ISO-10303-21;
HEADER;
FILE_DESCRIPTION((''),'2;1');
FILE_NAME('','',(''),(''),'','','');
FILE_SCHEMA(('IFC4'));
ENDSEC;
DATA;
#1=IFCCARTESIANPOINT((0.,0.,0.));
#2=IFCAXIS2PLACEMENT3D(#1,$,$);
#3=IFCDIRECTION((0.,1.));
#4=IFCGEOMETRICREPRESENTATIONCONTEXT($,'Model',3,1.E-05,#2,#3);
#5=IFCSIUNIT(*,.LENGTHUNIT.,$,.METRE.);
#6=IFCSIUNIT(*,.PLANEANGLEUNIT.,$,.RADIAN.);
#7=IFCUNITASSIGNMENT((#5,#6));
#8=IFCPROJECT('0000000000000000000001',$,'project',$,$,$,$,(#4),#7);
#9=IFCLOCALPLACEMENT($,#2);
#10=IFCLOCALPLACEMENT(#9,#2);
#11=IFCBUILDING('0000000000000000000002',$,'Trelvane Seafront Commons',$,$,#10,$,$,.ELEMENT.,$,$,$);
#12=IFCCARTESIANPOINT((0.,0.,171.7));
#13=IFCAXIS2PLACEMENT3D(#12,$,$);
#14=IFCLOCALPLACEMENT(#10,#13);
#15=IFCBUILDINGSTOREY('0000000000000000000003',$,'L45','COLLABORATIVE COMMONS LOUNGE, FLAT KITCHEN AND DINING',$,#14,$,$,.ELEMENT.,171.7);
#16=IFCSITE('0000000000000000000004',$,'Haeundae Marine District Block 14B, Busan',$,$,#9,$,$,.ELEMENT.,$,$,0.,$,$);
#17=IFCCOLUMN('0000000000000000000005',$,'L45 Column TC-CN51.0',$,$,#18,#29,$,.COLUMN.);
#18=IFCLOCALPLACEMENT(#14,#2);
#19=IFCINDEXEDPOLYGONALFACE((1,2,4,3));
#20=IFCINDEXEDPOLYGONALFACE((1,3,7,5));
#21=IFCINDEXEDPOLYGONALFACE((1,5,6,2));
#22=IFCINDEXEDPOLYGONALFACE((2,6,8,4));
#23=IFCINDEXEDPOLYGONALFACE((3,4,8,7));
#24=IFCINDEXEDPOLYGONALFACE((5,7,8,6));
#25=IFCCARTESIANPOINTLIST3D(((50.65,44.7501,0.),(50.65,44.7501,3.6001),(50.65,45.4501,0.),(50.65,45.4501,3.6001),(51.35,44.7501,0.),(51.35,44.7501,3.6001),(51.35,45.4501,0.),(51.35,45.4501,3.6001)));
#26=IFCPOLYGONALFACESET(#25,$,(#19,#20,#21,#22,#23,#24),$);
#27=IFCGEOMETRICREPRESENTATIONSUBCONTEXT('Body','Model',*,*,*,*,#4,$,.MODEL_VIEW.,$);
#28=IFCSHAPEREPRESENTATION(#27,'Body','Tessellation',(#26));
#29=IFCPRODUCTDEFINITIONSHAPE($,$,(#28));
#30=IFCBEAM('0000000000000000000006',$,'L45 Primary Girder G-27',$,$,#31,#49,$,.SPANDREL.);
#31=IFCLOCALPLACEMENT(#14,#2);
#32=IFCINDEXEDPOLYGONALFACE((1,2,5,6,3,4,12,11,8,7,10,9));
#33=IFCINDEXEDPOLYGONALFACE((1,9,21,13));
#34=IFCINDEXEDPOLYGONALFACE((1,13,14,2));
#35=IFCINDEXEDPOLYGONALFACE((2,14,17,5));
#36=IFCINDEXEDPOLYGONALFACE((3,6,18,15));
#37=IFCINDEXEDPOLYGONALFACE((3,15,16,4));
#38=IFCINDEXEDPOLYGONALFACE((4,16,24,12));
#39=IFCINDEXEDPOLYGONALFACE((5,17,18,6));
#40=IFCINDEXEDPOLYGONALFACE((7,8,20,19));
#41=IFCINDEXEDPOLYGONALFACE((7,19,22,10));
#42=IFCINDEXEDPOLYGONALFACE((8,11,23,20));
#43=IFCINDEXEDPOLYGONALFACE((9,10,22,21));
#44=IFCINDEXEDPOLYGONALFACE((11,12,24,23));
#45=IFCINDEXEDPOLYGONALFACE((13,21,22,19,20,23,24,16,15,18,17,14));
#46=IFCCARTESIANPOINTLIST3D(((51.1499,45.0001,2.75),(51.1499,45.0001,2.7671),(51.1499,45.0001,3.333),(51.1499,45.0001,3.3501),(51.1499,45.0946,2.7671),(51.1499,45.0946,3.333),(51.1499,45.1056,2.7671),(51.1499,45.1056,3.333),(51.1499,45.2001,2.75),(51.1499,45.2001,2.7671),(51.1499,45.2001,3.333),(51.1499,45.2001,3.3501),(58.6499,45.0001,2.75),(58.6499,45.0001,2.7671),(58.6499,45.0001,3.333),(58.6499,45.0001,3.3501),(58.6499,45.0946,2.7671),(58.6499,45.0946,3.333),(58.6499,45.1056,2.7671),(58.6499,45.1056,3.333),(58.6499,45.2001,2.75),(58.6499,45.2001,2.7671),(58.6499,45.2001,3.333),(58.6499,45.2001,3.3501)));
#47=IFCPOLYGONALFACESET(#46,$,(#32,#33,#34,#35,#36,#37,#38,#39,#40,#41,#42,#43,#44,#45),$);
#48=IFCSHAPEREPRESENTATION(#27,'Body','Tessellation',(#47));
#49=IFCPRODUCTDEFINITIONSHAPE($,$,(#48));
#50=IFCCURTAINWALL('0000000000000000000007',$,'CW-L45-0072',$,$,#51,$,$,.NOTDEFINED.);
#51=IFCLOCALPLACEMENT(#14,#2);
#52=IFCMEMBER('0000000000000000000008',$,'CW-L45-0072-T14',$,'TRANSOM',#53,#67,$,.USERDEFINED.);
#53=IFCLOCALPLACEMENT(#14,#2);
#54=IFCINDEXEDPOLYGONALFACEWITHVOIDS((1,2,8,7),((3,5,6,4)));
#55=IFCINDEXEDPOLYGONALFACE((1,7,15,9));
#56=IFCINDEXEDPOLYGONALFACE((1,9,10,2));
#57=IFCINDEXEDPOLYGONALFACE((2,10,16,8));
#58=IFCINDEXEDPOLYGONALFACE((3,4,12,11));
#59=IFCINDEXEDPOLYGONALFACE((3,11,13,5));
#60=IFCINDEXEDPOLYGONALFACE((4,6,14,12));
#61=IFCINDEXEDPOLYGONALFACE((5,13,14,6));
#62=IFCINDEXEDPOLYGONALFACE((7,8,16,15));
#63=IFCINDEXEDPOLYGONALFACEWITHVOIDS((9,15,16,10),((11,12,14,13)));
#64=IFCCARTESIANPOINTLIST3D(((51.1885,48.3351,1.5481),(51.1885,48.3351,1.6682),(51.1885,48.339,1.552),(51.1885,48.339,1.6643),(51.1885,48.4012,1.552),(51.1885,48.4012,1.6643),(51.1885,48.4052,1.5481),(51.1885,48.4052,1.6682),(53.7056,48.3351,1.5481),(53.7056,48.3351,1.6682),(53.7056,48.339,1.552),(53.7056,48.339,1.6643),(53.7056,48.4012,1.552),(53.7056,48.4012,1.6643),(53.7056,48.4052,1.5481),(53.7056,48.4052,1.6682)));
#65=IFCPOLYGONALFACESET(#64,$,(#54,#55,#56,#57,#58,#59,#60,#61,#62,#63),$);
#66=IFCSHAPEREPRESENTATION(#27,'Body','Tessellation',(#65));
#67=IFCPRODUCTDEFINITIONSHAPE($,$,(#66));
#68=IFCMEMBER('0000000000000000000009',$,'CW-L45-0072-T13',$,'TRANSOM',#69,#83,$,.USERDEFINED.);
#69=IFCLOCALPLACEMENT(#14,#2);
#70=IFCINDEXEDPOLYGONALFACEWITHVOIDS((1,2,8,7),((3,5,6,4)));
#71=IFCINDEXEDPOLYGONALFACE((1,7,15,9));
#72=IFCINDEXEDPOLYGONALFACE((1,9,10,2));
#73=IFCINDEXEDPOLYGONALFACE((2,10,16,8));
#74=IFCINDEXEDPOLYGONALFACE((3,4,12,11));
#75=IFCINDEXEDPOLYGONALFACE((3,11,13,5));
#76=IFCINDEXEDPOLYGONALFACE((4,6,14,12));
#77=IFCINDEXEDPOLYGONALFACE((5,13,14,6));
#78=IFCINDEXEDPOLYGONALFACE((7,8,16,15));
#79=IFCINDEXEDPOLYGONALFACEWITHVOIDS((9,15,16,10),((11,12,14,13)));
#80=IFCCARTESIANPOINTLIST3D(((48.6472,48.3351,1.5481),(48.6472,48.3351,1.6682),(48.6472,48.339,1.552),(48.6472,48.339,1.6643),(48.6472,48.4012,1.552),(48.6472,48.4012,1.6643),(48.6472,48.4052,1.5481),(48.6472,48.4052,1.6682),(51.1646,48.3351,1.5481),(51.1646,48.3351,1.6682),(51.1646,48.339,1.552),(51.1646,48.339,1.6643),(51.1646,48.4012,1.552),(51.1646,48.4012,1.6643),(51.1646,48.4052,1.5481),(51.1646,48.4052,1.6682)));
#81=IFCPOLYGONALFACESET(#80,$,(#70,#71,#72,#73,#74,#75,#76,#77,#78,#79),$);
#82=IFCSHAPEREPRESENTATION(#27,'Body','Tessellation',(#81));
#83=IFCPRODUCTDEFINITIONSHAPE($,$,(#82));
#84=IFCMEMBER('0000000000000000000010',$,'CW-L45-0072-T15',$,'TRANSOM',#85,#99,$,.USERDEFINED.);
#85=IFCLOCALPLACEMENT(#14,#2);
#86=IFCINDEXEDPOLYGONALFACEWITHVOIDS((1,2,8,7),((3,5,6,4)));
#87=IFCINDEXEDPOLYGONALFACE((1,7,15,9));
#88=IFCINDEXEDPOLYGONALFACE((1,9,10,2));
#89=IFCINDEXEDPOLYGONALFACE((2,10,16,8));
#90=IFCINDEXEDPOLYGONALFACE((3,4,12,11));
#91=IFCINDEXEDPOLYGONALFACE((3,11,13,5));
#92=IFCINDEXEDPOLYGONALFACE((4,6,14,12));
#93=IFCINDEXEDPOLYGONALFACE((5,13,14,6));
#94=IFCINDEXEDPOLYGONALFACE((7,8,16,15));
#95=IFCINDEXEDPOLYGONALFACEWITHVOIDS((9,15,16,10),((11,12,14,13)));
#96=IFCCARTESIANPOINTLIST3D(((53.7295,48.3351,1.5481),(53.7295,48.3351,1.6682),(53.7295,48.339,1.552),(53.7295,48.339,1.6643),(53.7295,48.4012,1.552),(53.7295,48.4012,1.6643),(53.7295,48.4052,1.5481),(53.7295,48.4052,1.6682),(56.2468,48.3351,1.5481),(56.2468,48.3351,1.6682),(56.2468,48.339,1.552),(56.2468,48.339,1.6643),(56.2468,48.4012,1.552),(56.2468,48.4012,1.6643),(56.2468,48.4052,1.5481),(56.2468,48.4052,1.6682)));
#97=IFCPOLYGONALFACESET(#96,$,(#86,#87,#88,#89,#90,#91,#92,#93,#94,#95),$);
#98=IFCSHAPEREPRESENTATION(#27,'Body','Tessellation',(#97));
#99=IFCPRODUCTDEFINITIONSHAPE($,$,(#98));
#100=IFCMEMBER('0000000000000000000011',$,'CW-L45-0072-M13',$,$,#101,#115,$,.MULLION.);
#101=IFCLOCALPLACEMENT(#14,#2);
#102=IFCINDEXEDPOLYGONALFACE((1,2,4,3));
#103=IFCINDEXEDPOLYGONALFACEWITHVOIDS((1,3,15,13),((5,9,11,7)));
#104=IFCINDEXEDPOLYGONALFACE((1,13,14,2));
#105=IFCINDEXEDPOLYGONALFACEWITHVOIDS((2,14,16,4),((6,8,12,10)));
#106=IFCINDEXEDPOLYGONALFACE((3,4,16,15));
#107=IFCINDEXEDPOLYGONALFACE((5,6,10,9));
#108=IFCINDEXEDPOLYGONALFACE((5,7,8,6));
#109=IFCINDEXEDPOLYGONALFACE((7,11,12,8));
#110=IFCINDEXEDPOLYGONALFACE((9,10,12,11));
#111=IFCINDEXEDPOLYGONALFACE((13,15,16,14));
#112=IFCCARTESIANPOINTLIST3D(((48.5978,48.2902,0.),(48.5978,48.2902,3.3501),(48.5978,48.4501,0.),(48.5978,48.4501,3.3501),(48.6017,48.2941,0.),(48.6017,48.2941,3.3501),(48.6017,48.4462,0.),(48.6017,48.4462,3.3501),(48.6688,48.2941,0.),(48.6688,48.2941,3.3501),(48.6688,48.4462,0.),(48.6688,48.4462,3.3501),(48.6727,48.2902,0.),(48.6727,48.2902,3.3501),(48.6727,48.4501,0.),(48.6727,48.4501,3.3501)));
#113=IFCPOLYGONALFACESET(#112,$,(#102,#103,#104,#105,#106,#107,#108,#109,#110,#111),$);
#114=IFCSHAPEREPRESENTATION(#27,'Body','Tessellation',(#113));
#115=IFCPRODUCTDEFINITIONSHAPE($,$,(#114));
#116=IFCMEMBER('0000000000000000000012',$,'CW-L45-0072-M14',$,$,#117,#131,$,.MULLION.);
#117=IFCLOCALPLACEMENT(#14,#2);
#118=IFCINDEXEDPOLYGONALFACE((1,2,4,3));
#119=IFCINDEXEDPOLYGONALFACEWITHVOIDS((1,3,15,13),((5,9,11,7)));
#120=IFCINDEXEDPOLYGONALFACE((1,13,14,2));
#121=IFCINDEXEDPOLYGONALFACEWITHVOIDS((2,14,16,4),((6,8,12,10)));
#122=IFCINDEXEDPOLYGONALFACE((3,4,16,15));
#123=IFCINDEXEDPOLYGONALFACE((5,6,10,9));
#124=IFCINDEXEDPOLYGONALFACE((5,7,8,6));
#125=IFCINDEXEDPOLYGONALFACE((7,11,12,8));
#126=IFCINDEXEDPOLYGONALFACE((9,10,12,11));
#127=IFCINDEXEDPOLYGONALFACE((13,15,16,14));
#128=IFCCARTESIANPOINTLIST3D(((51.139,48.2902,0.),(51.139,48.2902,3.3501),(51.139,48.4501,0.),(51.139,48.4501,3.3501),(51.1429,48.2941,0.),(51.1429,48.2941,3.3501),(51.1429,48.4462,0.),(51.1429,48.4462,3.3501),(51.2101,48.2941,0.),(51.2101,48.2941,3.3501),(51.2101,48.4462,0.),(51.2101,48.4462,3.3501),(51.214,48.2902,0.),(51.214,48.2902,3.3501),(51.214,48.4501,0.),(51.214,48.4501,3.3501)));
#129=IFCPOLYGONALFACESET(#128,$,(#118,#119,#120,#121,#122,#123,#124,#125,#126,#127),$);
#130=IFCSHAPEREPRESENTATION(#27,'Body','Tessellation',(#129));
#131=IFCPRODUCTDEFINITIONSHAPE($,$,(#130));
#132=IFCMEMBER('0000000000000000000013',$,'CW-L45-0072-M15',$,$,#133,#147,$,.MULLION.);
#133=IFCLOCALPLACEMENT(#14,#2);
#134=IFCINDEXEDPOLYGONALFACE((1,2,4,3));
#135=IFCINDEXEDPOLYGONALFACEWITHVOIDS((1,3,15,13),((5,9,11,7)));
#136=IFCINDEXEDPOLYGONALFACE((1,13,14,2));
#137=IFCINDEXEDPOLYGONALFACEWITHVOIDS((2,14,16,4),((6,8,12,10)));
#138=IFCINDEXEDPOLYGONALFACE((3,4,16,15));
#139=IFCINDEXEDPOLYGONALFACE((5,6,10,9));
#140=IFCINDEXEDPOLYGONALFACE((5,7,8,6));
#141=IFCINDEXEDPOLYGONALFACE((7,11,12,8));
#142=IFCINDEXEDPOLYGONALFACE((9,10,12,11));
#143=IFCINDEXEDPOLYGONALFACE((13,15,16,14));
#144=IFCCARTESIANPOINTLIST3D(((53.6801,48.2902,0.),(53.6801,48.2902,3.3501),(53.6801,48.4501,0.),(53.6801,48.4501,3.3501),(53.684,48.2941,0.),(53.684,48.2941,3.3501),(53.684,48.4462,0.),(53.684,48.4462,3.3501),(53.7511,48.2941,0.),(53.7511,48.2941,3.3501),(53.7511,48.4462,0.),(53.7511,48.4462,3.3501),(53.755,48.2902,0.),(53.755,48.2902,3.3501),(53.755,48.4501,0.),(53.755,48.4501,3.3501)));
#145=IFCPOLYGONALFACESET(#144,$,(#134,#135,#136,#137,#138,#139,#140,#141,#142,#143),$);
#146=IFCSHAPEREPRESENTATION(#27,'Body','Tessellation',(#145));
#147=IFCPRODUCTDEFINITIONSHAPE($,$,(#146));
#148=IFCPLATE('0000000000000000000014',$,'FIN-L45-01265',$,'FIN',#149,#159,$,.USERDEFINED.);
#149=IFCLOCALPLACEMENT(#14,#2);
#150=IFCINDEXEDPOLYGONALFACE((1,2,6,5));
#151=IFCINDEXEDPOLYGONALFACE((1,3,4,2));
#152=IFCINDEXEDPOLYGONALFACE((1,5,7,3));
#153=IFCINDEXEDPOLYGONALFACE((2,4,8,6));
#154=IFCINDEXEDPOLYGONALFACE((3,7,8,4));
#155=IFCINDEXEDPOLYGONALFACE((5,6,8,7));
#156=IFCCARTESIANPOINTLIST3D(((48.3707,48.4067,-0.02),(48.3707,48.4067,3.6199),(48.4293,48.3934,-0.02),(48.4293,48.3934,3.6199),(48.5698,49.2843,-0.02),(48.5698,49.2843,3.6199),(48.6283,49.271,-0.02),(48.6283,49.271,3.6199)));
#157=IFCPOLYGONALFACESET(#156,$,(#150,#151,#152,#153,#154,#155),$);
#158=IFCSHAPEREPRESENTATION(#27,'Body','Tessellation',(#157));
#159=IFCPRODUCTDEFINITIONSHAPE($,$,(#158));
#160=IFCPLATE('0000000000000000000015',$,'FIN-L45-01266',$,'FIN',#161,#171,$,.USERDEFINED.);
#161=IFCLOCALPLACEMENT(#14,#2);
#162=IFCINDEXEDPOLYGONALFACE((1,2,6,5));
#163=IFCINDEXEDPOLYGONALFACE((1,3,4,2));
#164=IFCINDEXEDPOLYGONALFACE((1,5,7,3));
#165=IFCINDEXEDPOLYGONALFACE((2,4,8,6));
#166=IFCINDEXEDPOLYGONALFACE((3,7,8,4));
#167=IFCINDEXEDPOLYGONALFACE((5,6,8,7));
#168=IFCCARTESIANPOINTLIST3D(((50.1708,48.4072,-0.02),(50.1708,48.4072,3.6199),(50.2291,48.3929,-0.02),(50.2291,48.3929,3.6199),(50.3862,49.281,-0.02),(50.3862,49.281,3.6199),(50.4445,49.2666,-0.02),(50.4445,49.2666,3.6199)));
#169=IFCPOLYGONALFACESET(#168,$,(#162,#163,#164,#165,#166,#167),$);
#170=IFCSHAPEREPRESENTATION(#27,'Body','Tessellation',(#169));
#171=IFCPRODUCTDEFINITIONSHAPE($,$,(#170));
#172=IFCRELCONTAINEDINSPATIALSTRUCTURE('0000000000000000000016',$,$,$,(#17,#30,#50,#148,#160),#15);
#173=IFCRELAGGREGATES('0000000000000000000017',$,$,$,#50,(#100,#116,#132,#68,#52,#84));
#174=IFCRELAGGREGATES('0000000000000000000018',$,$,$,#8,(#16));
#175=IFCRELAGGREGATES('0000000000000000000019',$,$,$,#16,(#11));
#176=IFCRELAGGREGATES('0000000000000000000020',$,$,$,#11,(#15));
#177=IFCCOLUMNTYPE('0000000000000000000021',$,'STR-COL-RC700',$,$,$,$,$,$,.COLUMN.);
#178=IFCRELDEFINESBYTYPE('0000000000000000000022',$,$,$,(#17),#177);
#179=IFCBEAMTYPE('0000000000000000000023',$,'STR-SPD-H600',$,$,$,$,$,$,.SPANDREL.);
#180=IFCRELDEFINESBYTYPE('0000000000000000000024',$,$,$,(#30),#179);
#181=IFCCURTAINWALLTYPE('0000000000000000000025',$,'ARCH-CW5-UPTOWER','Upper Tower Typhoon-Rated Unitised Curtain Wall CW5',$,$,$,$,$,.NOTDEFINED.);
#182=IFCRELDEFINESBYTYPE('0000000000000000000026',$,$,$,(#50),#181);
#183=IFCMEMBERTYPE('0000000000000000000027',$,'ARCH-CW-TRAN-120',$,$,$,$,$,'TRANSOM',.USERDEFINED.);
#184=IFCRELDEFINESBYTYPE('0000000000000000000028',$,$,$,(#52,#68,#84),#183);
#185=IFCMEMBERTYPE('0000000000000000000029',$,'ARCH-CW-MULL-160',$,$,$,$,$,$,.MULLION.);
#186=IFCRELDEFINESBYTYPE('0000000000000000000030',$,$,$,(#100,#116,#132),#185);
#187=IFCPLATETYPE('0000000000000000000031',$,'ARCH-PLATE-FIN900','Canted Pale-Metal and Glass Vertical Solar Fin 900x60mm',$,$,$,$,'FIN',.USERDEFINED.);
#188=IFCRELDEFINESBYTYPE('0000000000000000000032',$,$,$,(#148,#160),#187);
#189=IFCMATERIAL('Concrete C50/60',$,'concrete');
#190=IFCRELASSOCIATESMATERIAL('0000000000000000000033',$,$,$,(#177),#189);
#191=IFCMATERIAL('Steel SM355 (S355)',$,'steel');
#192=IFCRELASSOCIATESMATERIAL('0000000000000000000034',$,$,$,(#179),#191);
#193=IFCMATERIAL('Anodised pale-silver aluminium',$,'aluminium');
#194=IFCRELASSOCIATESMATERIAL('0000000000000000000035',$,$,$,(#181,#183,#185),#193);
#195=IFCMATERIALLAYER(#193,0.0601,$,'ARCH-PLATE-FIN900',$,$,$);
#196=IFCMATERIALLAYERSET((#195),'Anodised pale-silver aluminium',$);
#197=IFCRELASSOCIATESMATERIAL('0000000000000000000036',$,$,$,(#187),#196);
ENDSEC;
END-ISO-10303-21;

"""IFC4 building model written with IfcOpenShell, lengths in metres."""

from ifc_helpers import new_model, si_unit, direction, frame, origin, origin_2d, place, context, subcontext, project, spatial, rectangle, hollow_rectangle, i_section, extrude, source, transform, mapped, material, layer, layer_set, material_profile, profile_set, type_object, element, aggregate, save


model = new_model("IFC4")

# Units and contexts
model_context = context("Model", 3, precision=1e-05, world=origin(), true_north=direction((0.0, 1.0)))
body_context = subcontext(model_context, "Body", "Model", "MODEL_VIEW")
ifc_project = project(units=[si_unit("LENGTHUNIT", "METRE"), si_unit("PLANEANGLEUNIT", "RADIAN")], contexts=[model_context])

# Site, building, storey
site_placement = place(None, origin())
site = spatial("IfcSite", under=ifc_project, at=site_placement, Name="Haeundae Marine District Block 14B, Busan", CompositionType="ELEMENT", RefElevation=0.0)
building_placement = place(site_placement, origin())
building = spatial("IfcBuilding", under=site, at=building_placement, Name="Trelvane Seafront Commons", CompositionType="ELEMENT")
storey_placement = place(building_placement, frame((0.0, 0.0, 171.7)))
storey = spatial("IfcBuildingStorey", under=building, at=storey_placement, Name="L45", Description="COLLABORATIVE COMMONS LOUNGE, FLAT KITCHEN AND DINING", CompositionType="ELEMENT", Elevation=171.7)

# Column
ifc_material_1 = material(Name="Concrete C50/60", Category="concrete")
ifc_material_profile_1 = material_profile(ifc_material_1, rectangle(XDim=0.7, YDim=0.7, at=origin_2d()), Name="RC-700x700")
ifc_profile_set_1 = profile_set([ifc_material_profile_1], Name="Concrete C50/60")
column_type = type_object("IfcColumnType", Name="STR-COL-RC700", PredefinedType="COLUMN", material=ifc_profile_set_1)
shared_shape_1 = source(origin(), body_context, "Body", "SweptSolid", [
    extrude(rectangle(XDim=0.7, YDim=0.7, at=origin_2d()), origin(), (0.0, 0.0, 1.0), 3.6001),
])
column_placement = place(storey_placement, frame((51.0, 45.1001, 0.0), z_axis=(0.0, 0.0, 1.0), x_axis=(1.0, 0.0, 0.0)))
element("IfcColumn", 1, at=column_placement, inside=storey, type_object=column_type, Name="L45 Column TC-CN51.0", PredefinedType="COLUMN", context=body_context, shape_type="MappedRepresentation", body=[
    mapped(shared_shape_1, transform((0.0, 0.0, 0.0), x_axis=(1.0, 0.0, 0.0), y_axis=(0.0, 1.0, 0.0), z_axis=(0.0, 0.0, 1.0), scale=1.0)),
])

# Beam
ifc_material_2 = material(Name="Steel SM355 (S355)", Category="steel")
ifc_material_profile_2 = material_profile(ifc_material_2, i_section(OverallWidth=0.2, OverallDepth=0.6001, WebThickness=0.011, FlangeThickness=0.0171, at=origin_2d()), Name="H-600x200x11x17")
ifc_profile_set_2 = profile_set([ifc_material_profile_2], Name="Steel SM355 (S355)")
beam_type = type_object("IfcBeamType", Name="STR-SPD-H600", PredefinedType="SPANDREL", material=ifc_profile_set_2)
shared_shape_2 = source(origin(), body_context, "Body", "SweptSolid", [
    extrude(i_section(OverallWidth=0.2, OverallDepth=0.6001, WebThickness=0.011, FlangeThickness=0.0171, at=origin_2d()), origin(), (0.0, 0.0, 1.0), 7.5),
])
beam_placement = place(storey_placement, frame((51.1499, 45.1001, 3.05), z_axis=(1.0, 0.0, 0.0), x_axis=(0.0, 1.0, 0.0)))
element("IfcBeam", 2, at=beam_placement, inside=storey, type_object=beam_type, Name="L45 Primary Girder G-27", PredefinedType="SPANDREL", context=body_context, shape_type="MappedRepresentation", body=[
    mapped(shared_shape_2, transform((0.0, 0.0, 0.0), x_axis=(1.0, 0.0, 0.0), y_axis=(0.0, 1.0, 0.0), z_axis=(0.0, 0.0, 1.0), scale=1.0)),
])

# Curtain wall, members
ifc_material_3 = material(Name="Anodised pale-silver aluminium", Category="aluminium")
curtain_wall_type = type_object("IfcCurtainWallType", Name="ARCH-CW5-UPTOWER", Description="Upper Tower Typhoon-Rated Unitised Curtain Wall CW5", PredefinedType="NOTDEFINED", material=ifc_material_3)
curtain_wall_placement = place(storey_placement, origin())
curtain_wall = element("IfcCurtainWall", 3, at=curtain_wall_placement, inside=storey, type_object=curtain_wall_type, Name="CW-L45-0072", PredefinedType="NOTDEFINED")
ifc_material_profile_3 = material_profile(ifc_material_3, hollow_rectangle(XDim=0.0701, YDim=0.1201, WallThickness=0.0039, at=origin_2d()), Name="TRAN-70x120x4")
ifc_profile_set_3 = profile_set([ifc_material_profile_3], Name="Anodised pale-silver aluminium")
member_type_1 = type_object("IfcMemberType", Name="ARCH-CW-TRAN-120", ElementType="TRANSOM", PredefinedType="USERDEFINED", material=ifc_profile_set_3)
shared_shape_3 = source(origin(), body_context, "Body", "SweptSolid", [
    extrude(hollow_rectangle(XDim=0.0701, YDim=0.1201, WallThickness=0.0039, at=origin_2d()), origin(), (0.0, 0.0, 1.0), 2.5171),
])
member_1_placement = place(storey_placement, frame((51.1885, 48.3701, 1.6082), z_axis=(1.0, 0.0, 0.0), x_axis=(0.0, 1.0, 0.0)))
member_1 = element("IfcMember", 4, at=member_1_placement, type_object=member_type_1, Name="CW-L45-0072-T14", ObjectType="TRANSOM", PredefinedType="USERDEFINED", context=body_context, shape_type="MappedRepresentation", body=[
    mapped(shared_shape_3, transform((0.0, 0.0, 0.0), x_axis=(1.0, 0.0, 0.0), y_axis=(0.0, 1.0, 0.0), z_axis=(0.0, 0.0, 1.0), scale=1.0)),
])
shared_shape_4 = source(origin(), body_context, "Body", "SweptSolid", [
    extrude(hollow_rectangle(XDim=0.0701, YDim=0.1201, WallThickness=0.0039, at=origin_2d()), origin(), (0.0, 0.0, 1.0), 2.5173),
])
member_2_placement = place(storey_placement, frame((48.6472, 48.3701, 1.6082), z_axis=(1.0, 0.0, 0.0), x_axis=(0.0, 1.0, 0.0)))
member_2 = element("IfcMember", 5, at=member_2_placement, type_object=member_type_1, Name="CW-L45-0072-T13", ObjectType="TRANSOM", PredefinedType="USERDEFINED", context=body_context, shape_type="MappedRepresentation", body=[
    mapped(shared_shape_4, transform((0.0, 0.0, 0.0), x_axis=(1.0, 0.0, 0.0), y_axis=(0.0, 1.0, 0.0), z_axis=(0.0, 0.0, 1.0), scale=1.0)),
])
member_3_placement = place(storey_placement, frame((53.7295, 48.3701, 1.6082), z_axis=(1.0, 0.0, 0.0), x_axis=(0.0, 1.0, 0.0)))
member_3 = element("IfcMember", 6, at=member_3_placement, type_object=member_type_1, Name="CW-L45-0072-T15", ObjectType="TRANSOM", PredefinedType="USERDEFINED", context=body_context, shape_type="MappedRepresentation", body=[
    mapped(shared_shape_4, transform((0.0, 0.0, 0.0), x_axis=(1.0, 0.0, 0.0), y_axis=(0.0, 1.0, 0.0), z_axis=(0.0, 0.0, 1.0), scale=1.0)),
])
ifc_material_profile_4 = material_profile(ifc_material_3, hollow_rectangle(XDim=0.075, YDim=0.1599, WallThickness=0.0039, at=origin_2d()), Name="MULL-75x160x4")
ifc_profile_set_4 = profile_set([ifc_material_profile_4], Name="Anodised pale-silver aluminium")
member_type_2 = type_object("IfcMemberType", Name="ARCH-CW-MULL-160", PredefinedType="MULLION", material=ifc_profile_set_4)
shared_shape_5 = source(origin(), body_context, "Body", "SweptSolid", [
    extrude(hollow_rectangle(XDim=0.075, YDim=0.1599, WallThickness=0.0039, at=origin_2d()), origin(), (0.0, 0.0, 1.0), 3.3501),
])
member_4_placement = place(storey_placement, frame((48.6353, 48.3701, 0.0), z_axis=(0.0, 0.0, 1.0), x_axis=(1.0, 0.0, 0.0)))
member_4 = element("IfcMember", 7, at=member_4_placement, type_object=member_type_2, Name="CW-L45-0072-M13", PredefinedType="MULLION", context=body_context, shape_type="MappedRepresentation", body=[
    mapped(shared_shape_5, transform((0.0, 0.0, 0.0), x_axis=(1.0, 0.0, 0.0), y_axis=(0.0, 1.0, 0.0), z_axis=(0.0, 0.0, 1.0), scale=1.0)),
])
member_5_placement = place(storey_placement, frame((51.1765, 48.3701, 0.0), z_axis=(0.0, 0.0, 1.0), x_axis=(1.0, 0.0, 0.0)))
member_5 = element("IfcMember", 8, at=member_5_placement, type_object=member_type_2, Name="CW-L45-0072-M14", PredefinedType="MULLION", context=body_context, shape_type="MappedRepresentation", body=[
    mapped(shared_shape_5, transform((0.0, 0.0, 0.0), x_axis=(1.0, 0.0, 0.0), y_axis=(0.0, 1.0, 0.0), z_axis=(0.0, 0.0, 1.0), scale=1.0)),
])
member_6_placement = place(storey_placement, frame((53.7175, 48.3701, 0.0), z_axis=(0.0, 0.0, 1.0), x_axis=(1.0, 0.0, 0.0)))
member_6 = element("IfcMember", 9, at=member_6_placement, type_object=member_type_2, Name="CW-L45-0072-M15", PredefinedType="MULLION", context=body_context, shape_type="MappedRepresentation", body=[
    mapped(shared_shape_5, transform((0.0, 0.0, 0.0), x_axis=(1.0, 0.0, 0.0), y_axis=(0.0, 1.0, 0.0), z_axis=(0.0, 0.0, 1.0), scale=1.0)),
])

# Plates
ifc_layer_1 = layer(ifc_material_3, 0.0601, Name="ARCH-PLATE-FIN900")
ifc_layer_set_1 = layer_set([ifc_layer_1], Name="Anodised pale-silver aluminium")
plate_type_1 = type_object("IfcPlateType", Name="ARCH-PLATE-FIN900", Description="Canted Pale-Metal and Glass Vertical Solar Fin 900x60mm", ElementType="FIN", PredefinedType="USERDEFINED", material=ifc_layer_set_1)
shared_shape_6 = source(origin(), body_context, "Body", "SweptSolid", [
    extrude(rectangle(XDim=0.8999, YDim=0.0601, at=origin_2d()), origin(), (0.0, 0.0, 1.0), 3.6399),
])
for number, where, z_axis, x_axis, name in (
    (10, (48.4995, 48.8389, -0.02), (0.0, 0.0, 1.0), (0.221222, 0.975224, 0.0), "FIN-L45-01265"),
    (11, (50.3076, 48.8369, -0.02), (0.0, 0.0, 1.0), (0.239345, 0.970935, 0.0), "FIN-L45-01266"),
):
    element("IfcPlate", number, at=place(storey_placement, frame(where, z_axis=z_axis, x_axis=x_axis)), inside=storey, type_object=plate_type_1, Name=name, ObjectType="FIN", PredefinedType="USERDEFINED", context=body_context, shape_type="MappedRepresentation", body=[
        mapped(shared_shape_6, transform((0.0, 0.0, 0.0), x_axis=(1.0, 0.0, 0.0), y_axis=(0.0, 1.0, 0.0), z_axis=(0.0, 0.0, 1.0), scale=1.0)),
    ])

aggregate(curtain_wall, [member_4, member_5, member_6, member_2, member_1, member_3])

save(model, "model.ifc")
